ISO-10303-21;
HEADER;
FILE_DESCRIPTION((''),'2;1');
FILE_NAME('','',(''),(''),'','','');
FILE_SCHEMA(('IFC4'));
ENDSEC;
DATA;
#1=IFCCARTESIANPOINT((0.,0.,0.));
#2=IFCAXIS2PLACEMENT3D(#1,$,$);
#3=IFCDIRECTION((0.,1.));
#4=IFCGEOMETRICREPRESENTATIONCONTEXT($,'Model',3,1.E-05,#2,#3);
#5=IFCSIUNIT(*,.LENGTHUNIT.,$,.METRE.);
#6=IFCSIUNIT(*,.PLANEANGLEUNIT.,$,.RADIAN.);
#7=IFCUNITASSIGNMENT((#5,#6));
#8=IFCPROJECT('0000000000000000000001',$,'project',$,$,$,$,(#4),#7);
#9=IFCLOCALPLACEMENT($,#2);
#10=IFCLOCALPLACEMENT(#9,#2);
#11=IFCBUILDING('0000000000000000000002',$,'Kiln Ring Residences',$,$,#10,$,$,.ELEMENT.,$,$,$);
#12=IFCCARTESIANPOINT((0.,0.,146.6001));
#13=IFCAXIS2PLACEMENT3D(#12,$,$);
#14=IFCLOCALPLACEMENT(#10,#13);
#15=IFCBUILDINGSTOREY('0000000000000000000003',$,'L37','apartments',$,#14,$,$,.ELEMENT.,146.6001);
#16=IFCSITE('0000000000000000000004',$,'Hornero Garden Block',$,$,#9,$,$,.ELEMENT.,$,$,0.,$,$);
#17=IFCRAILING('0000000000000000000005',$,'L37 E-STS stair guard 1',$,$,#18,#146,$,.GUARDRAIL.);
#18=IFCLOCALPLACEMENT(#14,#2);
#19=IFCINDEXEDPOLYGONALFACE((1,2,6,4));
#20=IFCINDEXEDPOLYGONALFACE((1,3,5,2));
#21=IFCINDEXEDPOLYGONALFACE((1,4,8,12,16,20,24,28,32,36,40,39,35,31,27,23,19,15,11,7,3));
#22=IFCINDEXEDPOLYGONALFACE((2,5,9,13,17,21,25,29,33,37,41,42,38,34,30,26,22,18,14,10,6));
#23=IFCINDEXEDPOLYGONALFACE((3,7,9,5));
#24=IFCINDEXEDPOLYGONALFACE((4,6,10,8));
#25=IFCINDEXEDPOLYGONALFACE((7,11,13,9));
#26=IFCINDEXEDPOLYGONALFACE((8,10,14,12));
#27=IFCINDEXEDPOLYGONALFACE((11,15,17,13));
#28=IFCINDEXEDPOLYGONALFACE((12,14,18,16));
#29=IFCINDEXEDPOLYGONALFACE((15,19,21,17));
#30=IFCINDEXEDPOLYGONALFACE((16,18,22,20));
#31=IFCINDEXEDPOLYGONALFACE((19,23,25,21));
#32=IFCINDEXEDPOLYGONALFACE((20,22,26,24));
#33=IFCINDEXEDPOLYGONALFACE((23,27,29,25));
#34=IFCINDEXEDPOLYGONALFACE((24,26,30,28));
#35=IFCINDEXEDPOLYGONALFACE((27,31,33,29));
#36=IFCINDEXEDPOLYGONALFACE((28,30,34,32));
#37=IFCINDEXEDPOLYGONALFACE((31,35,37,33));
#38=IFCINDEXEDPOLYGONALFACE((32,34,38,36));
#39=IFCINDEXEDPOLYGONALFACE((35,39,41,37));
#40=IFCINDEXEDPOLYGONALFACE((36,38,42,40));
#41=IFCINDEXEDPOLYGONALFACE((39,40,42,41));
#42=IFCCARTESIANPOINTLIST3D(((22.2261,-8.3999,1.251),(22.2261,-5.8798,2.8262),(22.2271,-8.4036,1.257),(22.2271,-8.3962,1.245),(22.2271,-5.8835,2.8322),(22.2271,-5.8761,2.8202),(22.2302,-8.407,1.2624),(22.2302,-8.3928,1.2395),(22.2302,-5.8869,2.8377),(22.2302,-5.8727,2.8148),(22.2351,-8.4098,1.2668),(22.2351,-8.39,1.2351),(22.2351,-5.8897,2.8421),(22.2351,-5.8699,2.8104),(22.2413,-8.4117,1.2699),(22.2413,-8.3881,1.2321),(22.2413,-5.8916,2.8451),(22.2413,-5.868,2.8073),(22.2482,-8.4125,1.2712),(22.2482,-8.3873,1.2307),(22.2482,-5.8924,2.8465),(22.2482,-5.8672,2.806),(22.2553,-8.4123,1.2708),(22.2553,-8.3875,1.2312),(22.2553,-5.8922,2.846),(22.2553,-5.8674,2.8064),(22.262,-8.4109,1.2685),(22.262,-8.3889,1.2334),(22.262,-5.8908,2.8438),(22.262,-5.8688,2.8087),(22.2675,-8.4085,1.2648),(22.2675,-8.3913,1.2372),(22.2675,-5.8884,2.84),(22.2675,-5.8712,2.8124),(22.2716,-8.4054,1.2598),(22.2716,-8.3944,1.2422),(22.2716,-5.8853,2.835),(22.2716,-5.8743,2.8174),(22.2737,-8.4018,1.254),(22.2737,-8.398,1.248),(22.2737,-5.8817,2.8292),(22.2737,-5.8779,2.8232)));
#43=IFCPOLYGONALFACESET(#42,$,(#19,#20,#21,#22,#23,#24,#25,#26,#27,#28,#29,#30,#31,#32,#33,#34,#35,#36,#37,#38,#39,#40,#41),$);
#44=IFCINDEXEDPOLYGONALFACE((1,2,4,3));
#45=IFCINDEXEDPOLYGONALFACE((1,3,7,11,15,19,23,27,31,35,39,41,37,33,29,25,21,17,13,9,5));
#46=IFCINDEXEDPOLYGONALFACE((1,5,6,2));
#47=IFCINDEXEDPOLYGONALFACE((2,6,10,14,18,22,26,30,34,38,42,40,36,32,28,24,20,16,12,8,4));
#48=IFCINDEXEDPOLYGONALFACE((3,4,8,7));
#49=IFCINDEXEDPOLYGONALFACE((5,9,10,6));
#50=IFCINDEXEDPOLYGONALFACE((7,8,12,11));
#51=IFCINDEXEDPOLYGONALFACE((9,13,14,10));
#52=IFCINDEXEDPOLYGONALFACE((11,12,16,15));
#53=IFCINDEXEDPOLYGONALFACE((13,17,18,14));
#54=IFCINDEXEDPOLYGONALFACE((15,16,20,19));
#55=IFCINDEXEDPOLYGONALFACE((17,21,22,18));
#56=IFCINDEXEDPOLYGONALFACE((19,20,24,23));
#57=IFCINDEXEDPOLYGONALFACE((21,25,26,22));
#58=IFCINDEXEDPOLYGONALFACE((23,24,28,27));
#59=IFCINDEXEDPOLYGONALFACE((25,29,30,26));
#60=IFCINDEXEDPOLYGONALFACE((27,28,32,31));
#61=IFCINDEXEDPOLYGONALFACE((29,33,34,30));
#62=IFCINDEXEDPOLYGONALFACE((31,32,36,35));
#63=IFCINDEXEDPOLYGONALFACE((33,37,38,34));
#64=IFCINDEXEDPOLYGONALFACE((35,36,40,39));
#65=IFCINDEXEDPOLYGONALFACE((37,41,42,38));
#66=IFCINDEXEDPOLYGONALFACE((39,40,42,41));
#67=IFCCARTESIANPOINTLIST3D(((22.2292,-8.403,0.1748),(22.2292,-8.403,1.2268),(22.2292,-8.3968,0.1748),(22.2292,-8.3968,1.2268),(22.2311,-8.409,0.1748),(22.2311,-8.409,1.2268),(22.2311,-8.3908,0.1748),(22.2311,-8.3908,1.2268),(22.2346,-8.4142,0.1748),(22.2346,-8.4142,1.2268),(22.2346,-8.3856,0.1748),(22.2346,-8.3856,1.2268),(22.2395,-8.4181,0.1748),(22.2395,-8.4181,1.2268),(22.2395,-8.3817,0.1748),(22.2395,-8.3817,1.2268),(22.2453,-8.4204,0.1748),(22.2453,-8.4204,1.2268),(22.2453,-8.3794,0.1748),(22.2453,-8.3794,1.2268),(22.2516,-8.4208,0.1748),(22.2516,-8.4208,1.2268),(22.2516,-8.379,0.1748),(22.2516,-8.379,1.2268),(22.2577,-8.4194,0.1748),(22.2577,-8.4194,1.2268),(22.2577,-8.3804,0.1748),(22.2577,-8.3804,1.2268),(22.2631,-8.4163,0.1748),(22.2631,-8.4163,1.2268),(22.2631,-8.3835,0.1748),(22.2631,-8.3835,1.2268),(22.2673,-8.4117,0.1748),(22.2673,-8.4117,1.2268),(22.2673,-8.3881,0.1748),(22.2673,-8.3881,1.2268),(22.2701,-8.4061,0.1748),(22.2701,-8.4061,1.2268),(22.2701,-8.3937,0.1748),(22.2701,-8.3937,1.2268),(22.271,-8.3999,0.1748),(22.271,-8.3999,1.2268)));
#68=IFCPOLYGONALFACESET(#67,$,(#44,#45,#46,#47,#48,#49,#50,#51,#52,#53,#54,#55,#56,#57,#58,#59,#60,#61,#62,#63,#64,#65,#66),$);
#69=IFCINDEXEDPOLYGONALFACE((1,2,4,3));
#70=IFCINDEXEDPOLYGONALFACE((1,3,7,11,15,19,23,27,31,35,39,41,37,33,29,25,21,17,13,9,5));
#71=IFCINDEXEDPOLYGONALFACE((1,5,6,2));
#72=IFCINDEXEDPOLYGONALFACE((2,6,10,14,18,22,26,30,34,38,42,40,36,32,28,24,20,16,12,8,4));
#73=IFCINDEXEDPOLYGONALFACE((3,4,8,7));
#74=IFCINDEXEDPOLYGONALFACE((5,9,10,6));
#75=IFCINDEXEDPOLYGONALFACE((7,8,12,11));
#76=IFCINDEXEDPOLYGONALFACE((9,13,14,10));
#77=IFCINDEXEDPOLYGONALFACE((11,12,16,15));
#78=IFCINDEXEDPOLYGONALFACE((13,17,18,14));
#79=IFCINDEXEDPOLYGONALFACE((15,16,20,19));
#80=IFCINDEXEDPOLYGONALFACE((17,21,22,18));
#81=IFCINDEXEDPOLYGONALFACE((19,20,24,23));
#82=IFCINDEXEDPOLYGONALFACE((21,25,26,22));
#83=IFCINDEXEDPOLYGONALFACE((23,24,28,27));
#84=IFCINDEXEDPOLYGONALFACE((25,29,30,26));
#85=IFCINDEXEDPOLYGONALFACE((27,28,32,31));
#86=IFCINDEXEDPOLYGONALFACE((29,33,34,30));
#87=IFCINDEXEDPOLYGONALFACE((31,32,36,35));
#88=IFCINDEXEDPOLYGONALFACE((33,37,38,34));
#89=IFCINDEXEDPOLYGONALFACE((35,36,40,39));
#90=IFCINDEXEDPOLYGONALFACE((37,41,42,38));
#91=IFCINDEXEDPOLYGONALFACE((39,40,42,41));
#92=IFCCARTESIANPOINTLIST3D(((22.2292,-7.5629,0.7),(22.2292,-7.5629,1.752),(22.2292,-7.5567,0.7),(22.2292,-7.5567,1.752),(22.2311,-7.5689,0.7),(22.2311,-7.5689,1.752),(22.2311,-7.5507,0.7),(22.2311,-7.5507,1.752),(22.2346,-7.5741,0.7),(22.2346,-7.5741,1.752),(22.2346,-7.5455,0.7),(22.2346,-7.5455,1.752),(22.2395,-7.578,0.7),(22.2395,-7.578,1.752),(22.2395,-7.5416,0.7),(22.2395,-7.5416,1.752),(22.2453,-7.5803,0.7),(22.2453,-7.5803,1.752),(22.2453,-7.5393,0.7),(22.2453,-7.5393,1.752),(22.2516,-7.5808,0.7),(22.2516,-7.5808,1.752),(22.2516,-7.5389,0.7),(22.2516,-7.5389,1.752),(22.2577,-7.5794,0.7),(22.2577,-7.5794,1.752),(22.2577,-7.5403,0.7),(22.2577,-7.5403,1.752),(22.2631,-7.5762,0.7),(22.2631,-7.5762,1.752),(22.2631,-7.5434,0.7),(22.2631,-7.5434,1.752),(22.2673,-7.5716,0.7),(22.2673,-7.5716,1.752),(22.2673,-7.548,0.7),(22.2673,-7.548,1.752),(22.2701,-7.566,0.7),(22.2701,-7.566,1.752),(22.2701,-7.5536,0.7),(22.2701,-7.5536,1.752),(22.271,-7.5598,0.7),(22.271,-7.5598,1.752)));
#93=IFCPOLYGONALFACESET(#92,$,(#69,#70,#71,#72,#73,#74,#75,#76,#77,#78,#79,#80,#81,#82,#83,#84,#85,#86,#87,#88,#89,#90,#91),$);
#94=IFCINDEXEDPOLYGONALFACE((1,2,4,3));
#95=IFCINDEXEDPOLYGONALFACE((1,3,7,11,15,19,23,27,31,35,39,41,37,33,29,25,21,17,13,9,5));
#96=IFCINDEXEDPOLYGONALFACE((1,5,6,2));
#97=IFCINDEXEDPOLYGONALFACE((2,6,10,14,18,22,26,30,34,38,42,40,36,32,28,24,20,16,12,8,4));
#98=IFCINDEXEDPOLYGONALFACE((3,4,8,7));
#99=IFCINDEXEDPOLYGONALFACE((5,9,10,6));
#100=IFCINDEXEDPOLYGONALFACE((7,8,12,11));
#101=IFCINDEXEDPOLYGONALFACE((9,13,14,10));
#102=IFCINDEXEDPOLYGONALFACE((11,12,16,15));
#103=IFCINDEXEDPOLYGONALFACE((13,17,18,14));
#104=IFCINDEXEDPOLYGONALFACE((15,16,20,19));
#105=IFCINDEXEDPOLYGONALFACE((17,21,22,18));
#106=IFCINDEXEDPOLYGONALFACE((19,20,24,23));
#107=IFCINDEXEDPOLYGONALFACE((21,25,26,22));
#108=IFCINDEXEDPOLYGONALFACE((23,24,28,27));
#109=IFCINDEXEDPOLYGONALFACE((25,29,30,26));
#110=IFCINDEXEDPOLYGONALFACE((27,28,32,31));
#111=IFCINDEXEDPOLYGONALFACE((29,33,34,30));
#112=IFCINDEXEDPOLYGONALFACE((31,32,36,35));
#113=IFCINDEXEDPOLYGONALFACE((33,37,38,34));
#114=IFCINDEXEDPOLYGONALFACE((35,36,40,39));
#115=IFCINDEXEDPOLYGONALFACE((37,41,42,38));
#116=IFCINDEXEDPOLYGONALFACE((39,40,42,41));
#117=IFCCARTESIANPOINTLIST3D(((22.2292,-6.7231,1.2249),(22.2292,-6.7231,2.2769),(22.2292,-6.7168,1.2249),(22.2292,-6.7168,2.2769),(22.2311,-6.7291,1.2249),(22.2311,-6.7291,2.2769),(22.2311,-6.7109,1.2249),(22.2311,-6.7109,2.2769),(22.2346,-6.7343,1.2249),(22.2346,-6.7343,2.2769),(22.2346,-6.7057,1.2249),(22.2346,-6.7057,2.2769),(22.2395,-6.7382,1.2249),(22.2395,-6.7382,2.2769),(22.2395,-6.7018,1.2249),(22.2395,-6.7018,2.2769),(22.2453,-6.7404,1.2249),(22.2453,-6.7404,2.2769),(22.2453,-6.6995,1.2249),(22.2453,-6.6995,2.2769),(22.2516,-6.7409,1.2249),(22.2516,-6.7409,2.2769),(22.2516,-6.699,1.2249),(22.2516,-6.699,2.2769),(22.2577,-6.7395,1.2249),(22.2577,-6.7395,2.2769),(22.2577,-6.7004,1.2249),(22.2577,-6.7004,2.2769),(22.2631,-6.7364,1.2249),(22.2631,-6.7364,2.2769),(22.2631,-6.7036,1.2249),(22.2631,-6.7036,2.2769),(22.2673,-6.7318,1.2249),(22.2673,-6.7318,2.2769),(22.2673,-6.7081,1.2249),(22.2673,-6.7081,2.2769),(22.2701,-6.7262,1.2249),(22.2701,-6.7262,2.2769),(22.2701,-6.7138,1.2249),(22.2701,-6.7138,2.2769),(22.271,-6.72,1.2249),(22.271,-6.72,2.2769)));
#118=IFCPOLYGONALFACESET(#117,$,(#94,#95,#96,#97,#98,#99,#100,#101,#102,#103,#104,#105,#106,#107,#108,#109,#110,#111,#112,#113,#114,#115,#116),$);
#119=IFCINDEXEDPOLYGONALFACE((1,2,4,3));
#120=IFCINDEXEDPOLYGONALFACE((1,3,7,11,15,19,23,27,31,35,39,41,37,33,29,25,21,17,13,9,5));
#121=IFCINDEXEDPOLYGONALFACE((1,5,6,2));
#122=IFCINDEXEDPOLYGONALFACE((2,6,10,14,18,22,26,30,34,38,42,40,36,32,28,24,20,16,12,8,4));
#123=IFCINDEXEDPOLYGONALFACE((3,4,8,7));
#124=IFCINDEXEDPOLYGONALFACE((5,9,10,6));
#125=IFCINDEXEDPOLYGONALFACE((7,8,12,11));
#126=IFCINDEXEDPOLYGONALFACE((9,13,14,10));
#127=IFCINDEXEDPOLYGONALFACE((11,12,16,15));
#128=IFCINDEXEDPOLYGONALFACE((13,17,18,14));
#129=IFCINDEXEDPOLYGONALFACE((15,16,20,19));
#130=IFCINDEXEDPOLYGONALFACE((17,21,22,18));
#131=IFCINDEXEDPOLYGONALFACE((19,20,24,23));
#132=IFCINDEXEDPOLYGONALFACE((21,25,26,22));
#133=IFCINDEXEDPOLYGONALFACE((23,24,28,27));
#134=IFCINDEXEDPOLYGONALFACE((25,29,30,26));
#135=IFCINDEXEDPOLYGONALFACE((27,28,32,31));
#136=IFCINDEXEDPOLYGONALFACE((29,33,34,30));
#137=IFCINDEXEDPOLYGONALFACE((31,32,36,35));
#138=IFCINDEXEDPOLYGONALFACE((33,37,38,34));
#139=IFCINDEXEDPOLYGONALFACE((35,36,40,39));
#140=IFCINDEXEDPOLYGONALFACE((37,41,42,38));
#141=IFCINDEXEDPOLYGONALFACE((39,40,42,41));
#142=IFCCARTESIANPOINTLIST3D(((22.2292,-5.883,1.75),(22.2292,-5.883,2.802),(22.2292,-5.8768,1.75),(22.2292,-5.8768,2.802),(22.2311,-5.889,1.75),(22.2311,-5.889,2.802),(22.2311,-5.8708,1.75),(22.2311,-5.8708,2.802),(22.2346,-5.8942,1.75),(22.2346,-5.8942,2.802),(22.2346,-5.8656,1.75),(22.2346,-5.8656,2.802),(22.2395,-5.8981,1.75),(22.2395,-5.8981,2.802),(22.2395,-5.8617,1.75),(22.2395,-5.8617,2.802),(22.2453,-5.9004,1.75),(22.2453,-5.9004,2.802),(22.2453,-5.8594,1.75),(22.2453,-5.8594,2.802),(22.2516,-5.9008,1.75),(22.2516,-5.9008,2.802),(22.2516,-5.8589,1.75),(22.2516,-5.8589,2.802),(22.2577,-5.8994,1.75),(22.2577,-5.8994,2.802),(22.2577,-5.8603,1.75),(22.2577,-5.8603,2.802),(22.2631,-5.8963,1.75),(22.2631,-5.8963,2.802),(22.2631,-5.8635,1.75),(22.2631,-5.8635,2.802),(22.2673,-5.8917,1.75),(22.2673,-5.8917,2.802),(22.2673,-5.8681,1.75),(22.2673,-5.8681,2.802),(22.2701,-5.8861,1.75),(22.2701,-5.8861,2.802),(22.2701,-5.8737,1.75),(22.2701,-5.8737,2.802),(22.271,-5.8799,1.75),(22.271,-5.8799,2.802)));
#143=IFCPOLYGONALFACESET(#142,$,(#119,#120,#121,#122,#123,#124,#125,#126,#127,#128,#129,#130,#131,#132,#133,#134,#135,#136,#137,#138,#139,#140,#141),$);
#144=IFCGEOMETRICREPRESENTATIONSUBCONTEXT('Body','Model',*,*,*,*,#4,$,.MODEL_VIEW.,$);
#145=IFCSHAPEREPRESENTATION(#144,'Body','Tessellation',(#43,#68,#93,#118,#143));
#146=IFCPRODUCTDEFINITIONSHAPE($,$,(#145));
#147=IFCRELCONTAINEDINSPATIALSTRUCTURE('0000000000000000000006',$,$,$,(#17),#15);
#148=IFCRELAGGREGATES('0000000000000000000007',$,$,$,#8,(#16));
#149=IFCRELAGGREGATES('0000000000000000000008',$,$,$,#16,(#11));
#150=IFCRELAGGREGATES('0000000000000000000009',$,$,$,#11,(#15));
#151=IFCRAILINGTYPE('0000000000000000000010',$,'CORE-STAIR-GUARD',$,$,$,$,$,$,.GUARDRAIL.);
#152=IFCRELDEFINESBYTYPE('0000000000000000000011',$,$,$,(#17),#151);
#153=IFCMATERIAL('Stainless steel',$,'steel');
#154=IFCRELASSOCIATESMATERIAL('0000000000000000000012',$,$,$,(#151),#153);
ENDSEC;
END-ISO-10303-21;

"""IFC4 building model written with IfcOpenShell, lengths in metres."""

from ifc_helpers import new_model, si_unit, direction, frame, origin, origin_2d, place, context, subcontext, project, spatial, circle, extrude, material, type_object, element, save


model = new_model("IFC4")

# Units and contexts
model_context = context("Model", 3, precision=1e-05, world=origin(), true_north=direction((0.0, 1.0)))
body_context = subcontext(model_context, "Body", "Model", "MODEL_VIEW")
ifc_project = project(units=[si_unit("LENGTHUNIT", "METRE"), si_unit("PLANEANGLEUNIT", "RADIAN")], contexts=[model_context])

# Site, building, storey
site_placement = place(None, origin())
site = spatial("IfcSite", under=ifc_project, at=site_placement, Name="Hornero Garden Block", CompositionType="ELEMENT", RefElevation=0.0)
building_placement = place(site_placement, origin())
building = spatial("IfcBuilding", under=site, at=building_placement, Name="Kiln Ring Residences", CompositionType="ELEMENT")
storey_placement = place(building_placement, frame((0.0, 0.0, 146.6001)))
storey = spatial("IfcBuildingStorey", under=building, at=storey_placement, Name="L37", Description="apartments", CompositionType="ELEMENT", Elevation=146.6001)

# Railing
ifc_material_1 = material(Name="Stainless steel", Category="steel")
railing_type_1 = type_object("IfcRailingType", Name="CORE-STAIR-GUARD", PredefinedType="GUARDRAIL", material=ifc_material_1)
railing_1_placement = place(storey_placement, frame((22.25, -8.3999, 0.1748)))
element("IfcRailing", 1, at=railing_1_placement, inside=storey, type_object=railing_type_1, Name="L37 E-STS stair guard 1", PredefinedType="GUARDRAIL", context=body_context, shape_type="SweptSolid", body=[
    extrude(circle(Radius=0.0239, at=origin_2d()), frame((0.0, 0.0, 1.0762), z_axis=(0.0, 0.847971, 0.530043), x_axis=(-1.0, 0.0, 0.0)), (0.0, 0.0, 1.0), 2.9719),
    extrude(circle(Radius=0.021, at=origin_2d()), origin(), (0.0, 0.0, 1.0), 1.052),
    extrude(circle(Radius=0.021, at=origin_2d()), frame((0.0, 0.8401, 0.5251)), (0.0, 0.0, 1.0), 1.052),
    extrude(circle(Radius=0.021, at=origin_2d()), frame((0.0, 1.6799, 1.05)), (0.0, 0.0, 1.0), 1.052),
    extrude(circle(Radius=0.021, at=origin_2d()), frame((0.0, 2.52, 1.5752)), (0.0, 0.0, 1.0), 1.052),
])

save(model, "model.ifc")
